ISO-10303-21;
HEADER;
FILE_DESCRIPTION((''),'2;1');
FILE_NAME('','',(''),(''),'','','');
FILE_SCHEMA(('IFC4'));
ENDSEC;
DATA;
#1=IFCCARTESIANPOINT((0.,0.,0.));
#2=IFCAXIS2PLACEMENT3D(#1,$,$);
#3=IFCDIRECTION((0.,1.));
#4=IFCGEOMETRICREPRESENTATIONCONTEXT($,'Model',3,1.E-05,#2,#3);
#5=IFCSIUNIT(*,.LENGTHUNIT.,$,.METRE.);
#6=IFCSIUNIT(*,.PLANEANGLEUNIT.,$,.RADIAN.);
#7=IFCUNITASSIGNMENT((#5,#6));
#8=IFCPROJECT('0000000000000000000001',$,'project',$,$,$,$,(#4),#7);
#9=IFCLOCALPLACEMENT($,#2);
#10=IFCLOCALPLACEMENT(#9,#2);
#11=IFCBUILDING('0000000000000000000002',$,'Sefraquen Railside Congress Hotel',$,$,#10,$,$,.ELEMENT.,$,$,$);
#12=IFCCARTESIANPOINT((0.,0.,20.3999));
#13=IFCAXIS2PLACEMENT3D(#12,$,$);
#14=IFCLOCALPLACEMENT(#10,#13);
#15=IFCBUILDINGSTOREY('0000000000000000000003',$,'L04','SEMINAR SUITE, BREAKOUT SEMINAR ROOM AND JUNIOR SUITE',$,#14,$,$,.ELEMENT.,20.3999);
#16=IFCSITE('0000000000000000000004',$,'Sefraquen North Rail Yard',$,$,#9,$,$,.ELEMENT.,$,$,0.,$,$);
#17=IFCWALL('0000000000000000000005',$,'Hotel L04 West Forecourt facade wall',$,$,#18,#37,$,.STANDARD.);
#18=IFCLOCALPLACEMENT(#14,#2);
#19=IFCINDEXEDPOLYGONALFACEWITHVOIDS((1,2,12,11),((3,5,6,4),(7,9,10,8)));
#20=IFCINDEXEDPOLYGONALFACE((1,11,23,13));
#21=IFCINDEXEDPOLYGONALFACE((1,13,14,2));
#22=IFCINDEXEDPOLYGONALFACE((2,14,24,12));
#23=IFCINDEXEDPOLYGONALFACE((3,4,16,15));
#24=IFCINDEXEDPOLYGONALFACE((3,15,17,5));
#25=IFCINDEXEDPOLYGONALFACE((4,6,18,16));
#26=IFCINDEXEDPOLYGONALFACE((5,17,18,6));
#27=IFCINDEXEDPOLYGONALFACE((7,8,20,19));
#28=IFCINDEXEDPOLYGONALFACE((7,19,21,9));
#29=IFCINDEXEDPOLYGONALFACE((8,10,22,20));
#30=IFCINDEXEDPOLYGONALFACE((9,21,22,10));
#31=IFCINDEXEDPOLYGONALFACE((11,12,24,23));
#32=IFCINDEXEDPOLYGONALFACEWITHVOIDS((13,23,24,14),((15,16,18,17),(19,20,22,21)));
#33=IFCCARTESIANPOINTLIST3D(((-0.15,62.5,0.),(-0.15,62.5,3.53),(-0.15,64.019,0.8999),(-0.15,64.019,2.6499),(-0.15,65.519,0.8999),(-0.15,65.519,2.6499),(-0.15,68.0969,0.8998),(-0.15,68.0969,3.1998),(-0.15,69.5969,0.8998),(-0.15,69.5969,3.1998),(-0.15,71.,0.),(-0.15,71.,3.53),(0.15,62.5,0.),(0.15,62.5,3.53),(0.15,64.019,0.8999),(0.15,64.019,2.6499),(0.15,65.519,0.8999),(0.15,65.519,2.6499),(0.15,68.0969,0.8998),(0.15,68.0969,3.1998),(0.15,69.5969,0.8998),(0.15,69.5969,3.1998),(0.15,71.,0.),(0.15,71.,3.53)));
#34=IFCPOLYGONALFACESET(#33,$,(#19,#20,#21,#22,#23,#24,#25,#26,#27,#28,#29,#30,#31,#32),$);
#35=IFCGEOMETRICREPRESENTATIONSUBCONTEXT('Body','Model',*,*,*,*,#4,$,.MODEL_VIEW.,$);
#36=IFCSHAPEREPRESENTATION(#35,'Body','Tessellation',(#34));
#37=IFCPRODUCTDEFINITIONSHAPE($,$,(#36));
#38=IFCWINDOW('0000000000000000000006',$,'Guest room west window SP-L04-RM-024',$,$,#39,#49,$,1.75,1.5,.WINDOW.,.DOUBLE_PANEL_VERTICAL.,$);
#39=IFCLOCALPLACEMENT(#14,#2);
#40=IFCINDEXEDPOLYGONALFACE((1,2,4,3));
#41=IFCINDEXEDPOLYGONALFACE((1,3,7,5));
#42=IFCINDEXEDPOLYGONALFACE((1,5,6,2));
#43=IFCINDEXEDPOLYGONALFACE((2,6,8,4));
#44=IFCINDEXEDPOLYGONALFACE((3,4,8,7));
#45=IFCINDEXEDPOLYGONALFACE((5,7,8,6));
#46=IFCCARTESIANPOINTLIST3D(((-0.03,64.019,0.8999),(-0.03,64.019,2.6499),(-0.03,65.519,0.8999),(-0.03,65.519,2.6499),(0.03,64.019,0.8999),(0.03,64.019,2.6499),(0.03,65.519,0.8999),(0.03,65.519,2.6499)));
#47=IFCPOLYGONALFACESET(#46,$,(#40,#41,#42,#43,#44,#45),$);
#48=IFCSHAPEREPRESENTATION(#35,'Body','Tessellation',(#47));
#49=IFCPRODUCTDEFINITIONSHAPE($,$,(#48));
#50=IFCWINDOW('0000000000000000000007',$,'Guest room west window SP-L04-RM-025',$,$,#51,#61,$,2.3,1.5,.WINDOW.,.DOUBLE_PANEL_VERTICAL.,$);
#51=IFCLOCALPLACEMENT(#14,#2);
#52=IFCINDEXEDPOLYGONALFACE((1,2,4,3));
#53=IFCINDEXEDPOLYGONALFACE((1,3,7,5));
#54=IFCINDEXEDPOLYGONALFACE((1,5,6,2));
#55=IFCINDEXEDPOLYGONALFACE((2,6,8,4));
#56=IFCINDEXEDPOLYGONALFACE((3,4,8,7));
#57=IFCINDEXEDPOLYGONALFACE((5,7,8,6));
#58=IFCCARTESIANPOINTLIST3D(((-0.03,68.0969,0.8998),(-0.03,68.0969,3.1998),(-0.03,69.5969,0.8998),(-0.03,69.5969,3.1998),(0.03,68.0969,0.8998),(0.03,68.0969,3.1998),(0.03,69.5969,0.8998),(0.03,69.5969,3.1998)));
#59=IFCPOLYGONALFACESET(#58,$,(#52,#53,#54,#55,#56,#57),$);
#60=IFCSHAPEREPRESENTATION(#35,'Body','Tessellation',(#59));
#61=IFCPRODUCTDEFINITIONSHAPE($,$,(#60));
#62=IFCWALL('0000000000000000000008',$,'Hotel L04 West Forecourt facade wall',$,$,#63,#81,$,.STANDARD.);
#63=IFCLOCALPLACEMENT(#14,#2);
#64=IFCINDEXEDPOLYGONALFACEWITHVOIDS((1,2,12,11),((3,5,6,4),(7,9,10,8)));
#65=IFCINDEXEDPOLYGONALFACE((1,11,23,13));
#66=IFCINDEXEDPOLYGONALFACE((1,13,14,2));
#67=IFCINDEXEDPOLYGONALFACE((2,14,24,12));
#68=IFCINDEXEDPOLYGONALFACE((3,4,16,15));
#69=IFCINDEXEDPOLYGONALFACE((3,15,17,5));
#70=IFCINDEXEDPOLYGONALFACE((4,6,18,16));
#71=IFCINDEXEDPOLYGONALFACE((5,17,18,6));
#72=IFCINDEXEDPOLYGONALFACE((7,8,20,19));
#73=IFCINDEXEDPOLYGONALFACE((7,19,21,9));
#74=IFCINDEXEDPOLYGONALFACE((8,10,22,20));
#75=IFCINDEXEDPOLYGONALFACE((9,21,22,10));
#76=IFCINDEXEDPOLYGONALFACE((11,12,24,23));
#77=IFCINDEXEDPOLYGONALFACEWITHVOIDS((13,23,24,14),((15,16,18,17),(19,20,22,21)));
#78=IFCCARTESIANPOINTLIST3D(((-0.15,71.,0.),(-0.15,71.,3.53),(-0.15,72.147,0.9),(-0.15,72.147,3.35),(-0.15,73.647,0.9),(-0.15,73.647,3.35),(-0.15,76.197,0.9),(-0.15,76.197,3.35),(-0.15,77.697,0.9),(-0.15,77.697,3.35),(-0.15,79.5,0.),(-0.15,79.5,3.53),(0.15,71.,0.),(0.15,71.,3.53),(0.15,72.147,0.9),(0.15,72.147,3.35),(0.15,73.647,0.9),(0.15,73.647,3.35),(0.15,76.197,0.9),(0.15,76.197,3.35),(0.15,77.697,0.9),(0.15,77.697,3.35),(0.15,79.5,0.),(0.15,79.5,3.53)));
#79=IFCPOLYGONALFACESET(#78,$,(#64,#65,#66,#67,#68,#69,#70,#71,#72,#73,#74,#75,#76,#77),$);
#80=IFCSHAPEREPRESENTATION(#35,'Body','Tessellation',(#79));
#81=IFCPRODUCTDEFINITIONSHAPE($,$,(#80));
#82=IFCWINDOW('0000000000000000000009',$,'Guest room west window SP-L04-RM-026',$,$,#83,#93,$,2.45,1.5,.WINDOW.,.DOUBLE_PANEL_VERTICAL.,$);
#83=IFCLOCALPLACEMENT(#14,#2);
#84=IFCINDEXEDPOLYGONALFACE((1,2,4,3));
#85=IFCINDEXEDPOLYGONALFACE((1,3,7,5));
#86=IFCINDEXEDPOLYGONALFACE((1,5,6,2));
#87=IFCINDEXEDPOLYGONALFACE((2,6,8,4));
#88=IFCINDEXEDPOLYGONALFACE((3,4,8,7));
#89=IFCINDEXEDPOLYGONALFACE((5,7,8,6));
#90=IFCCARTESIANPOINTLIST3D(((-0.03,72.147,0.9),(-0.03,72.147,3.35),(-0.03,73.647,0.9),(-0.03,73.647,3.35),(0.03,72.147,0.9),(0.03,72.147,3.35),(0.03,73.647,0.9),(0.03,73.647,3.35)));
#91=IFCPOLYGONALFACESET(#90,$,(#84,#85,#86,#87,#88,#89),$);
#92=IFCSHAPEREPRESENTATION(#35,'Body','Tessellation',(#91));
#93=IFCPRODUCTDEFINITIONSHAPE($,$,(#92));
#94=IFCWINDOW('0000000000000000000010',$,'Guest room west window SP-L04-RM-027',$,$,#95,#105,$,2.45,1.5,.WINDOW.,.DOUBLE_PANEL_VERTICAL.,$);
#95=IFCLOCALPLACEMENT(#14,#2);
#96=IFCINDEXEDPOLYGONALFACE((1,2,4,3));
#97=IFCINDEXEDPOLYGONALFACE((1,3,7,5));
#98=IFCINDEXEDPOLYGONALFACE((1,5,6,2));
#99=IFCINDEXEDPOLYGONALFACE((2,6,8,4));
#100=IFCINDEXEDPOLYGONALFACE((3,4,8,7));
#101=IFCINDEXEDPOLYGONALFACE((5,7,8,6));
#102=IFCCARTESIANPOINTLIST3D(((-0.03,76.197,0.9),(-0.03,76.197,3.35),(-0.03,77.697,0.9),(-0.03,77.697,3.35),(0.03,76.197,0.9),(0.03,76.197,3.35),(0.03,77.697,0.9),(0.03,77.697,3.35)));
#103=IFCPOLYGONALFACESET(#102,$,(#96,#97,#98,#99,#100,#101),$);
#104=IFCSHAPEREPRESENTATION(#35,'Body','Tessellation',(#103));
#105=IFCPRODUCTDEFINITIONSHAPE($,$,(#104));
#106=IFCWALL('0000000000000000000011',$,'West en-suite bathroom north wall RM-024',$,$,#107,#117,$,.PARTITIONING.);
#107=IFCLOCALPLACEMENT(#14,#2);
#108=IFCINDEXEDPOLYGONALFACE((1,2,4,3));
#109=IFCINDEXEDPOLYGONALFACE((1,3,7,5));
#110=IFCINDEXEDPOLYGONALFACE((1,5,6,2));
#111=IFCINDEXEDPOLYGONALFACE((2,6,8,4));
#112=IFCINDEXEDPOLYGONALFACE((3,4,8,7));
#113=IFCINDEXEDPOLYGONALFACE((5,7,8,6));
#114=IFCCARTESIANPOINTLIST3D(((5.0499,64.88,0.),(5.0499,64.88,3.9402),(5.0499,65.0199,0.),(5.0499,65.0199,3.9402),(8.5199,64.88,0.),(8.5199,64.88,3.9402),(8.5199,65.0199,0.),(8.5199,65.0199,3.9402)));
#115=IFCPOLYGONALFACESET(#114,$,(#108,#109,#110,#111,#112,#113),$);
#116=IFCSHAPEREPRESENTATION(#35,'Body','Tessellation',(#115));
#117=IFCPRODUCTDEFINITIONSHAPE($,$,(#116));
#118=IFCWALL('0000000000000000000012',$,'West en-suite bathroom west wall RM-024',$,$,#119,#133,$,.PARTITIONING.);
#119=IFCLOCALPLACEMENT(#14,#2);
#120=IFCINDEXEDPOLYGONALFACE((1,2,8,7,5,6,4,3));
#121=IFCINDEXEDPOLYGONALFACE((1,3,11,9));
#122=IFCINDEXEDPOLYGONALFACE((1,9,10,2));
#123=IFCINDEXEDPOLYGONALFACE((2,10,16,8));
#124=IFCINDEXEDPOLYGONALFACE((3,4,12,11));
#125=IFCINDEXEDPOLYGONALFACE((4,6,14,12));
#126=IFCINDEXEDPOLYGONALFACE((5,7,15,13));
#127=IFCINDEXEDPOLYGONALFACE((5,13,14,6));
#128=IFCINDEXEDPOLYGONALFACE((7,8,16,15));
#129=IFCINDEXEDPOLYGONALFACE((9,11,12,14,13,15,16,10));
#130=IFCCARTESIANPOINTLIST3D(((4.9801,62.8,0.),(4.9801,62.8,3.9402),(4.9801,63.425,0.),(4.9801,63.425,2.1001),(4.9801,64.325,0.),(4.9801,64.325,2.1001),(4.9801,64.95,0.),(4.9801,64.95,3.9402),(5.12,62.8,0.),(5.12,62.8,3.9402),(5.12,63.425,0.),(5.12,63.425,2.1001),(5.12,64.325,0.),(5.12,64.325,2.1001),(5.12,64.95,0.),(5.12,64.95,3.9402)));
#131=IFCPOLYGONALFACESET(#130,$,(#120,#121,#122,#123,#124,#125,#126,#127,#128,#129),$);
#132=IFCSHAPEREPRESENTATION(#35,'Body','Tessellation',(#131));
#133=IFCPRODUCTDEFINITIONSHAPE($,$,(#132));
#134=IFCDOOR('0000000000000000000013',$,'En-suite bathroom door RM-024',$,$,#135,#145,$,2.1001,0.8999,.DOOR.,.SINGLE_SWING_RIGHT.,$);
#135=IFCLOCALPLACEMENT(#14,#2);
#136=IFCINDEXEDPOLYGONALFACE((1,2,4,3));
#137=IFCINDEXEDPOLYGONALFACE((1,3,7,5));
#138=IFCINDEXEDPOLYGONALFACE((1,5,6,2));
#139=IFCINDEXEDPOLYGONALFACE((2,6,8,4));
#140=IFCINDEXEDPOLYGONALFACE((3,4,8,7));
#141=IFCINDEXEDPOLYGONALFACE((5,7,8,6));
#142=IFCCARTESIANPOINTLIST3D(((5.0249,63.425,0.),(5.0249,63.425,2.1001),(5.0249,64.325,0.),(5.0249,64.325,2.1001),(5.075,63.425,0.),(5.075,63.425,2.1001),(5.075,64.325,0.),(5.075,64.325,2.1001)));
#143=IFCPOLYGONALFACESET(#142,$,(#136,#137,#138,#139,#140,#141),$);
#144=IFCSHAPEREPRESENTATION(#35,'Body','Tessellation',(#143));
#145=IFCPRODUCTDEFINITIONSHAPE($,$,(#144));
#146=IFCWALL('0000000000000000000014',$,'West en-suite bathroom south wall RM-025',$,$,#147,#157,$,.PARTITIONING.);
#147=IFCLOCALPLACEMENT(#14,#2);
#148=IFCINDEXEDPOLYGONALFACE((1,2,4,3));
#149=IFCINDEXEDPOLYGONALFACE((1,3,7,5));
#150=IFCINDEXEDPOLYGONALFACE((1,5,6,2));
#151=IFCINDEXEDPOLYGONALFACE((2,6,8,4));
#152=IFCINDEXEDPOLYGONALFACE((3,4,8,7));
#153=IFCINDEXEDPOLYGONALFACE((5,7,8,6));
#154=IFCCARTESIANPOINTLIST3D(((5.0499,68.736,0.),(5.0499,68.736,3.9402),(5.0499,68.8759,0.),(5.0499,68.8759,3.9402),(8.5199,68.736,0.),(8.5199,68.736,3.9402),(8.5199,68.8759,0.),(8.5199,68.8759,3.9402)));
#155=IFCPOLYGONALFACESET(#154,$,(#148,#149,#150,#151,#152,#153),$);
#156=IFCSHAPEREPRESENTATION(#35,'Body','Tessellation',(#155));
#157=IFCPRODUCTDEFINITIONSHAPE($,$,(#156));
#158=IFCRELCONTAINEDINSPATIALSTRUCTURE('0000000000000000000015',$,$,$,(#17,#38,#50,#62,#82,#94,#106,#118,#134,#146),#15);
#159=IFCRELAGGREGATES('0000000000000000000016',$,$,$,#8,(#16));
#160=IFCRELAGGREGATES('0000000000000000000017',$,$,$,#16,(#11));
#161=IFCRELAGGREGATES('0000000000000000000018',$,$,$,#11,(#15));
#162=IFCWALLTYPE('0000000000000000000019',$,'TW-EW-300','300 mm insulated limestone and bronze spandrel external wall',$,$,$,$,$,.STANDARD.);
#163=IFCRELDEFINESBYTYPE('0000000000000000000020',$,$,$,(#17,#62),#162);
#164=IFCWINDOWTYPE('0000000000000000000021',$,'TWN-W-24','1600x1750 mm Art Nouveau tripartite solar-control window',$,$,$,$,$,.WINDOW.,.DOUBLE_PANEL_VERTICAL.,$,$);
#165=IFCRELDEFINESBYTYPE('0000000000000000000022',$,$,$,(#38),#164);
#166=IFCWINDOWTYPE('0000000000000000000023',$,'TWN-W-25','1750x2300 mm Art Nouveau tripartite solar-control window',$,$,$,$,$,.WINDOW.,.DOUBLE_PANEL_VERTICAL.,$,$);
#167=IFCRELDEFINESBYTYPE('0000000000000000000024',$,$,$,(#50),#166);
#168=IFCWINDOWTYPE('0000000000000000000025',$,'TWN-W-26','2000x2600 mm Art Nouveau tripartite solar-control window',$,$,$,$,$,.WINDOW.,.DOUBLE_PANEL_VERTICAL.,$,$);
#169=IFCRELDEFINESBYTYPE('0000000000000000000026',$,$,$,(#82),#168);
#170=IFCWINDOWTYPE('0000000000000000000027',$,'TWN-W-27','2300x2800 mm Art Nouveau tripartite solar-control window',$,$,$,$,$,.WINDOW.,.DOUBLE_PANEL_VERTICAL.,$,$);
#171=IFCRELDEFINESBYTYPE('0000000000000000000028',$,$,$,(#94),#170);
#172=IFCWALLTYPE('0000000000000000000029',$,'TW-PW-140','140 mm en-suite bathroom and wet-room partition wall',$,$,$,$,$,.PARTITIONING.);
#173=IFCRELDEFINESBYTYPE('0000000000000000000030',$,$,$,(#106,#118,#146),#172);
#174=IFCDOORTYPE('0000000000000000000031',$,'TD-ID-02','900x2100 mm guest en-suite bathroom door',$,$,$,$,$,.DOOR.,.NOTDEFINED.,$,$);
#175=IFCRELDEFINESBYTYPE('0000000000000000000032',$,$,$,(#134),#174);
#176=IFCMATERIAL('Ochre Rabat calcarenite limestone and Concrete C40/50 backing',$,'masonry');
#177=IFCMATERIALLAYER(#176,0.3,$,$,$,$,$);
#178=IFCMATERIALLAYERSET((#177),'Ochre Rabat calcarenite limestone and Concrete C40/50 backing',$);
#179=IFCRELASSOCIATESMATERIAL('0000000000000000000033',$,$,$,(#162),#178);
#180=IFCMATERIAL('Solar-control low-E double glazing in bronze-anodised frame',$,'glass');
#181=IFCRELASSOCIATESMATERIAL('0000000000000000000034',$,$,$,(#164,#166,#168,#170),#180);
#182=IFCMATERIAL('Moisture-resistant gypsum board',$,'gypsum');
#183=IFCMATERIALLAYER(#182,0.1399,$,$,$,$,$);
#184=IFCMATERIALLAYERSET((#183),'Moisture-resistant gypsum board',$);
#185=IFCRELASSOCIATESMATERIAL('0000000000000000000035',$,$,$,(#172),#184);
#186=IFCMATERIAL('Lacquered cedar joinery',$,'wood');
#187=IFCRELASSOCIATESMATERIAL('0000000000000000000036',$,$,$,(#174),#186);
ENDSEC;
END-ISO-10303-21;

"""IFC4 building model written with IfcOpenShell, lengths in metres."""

from ifc_helpers import new_model, si_unit, direction, frame, frame_2d, origin, place, context, subcontext, project, spatial, rectangle, extrude, material, layer, layer_set, type_object, element, fill, save


model = new_model("IFC4")

# Units and contexts
model_context = context("Model", 3, precision=1e-05, world=origin(), true_north=direction((0.0, 1.0)))
body_context = subcontext(model_context, "Body", "Model", "MODEL_VIEW")
ifc_project = project(units=[si_unit("LENGTHUNIT", "METRE"), si_unit("PLANEANGLEUNIT", "RADIAN")], contexts=[model_context])

# Site, building, storey
site_placement = place(None, origin())
site = spatial("IfcSite", under=ifc_project, at=site_placement, Name="Sefraquen North Rail Yard", CompositionType="ELEMENT", RefElevation=0.0)
building_placement = place(site_placement, origin())
building = spatial("IfcBuilding", under=site, at=building_placement, Name="Sefraquen Railside Congress Hotel", CompositionType="ELEMENT")
storey_placement = place(building_placement, frame((0.0, 0.0, 20.3999)))
storey = spatial("IfcBuildingStorey", under=building, at=storey_placement, Name="L04", Description="SEMINAR SUITE, BREAKOUT SEMINAR ROOM AND JUNIOR SUITE", CompositionType="ELEMENT", Elevation=20.3999)

# Shared definitions
ifc_material_1 = material(Name="Ochre Rabat calcarenite limestone and Concrete C40/50 backing", Category="masonry")

# Walls, openings, windows
ifc_layer_1 = layer(ifc_material_1, 0.3)
ifc_layer_set_1 = layer_set([ifc_layer_1], Name="Ochre Rabat calcarenite limestone and Concrete C40/50 backing")
wall_type_1 = type_object("IfcWallType", Name="TW-EW-300", Description="300 mm insulated limestone and bronze spandrel external wall", PredefinedType="STANDARD", material=ifc_layer_set_1)
wall_1_placement = place(storey_placement, frame((0.0, 62.5, 0.0), z_axis=(0.0, 0.0, 1.0), x_axis=(0.0, 1.0, 0.0)))
wall_1 = element("IfcWall", 1, at=wall_1_placement, inside=storey, type_object=wall_type_1, Name="Hotel L04 West Forecourt facade wall", PredefinedType="STANDARD", context=body_context, shape_type="SweptSolid", body=[
    extrude(rectangle(XDim=8.5, YDim=0.3, at=frame_2d((4.25, 0.0))), origin(), (0.0, 0.0, 1.0), 3.53),
])
opening_1_placement = place(wall_1_placement, frame((1.519, 0.0, 0.8999)))
opening_1 = element("IfcOpeningElement", 2, at=opening_1_placement, cuts=wall_1, PredefinedType="OPENING", context=body_context, shape_type="SweptSolid", body=[
    extrude(rectangle(XDim=1.5, YDim=1.75, at=frame_2d((0.75, 0.875))), frame((0.0, 0.1599, 0.0), z_axis=(0.0, -1.0, 0.0), x_axis=(1.0, 0.0, 0.0)), (0.0, 0.0, 1.0), 0.3201),
])
opening_2_placement = place(wall_1_placement, frame((5.5969, 0.0, 0.8999)))
opening_2 = element("IfcOpeningElement", 3, at=opening_2_placement, cuts=wall_1, PredefinedType="OPENING", context=body_context, shape_type="SweptSolid", body=[
    extrude(rectangle(XDim=1.5, YDim=2.3, at=frame_2d((0.75, 1.1499))), frame((0.0, 0.1599, 0.0), z_axis=(0.0, -1.0, 0.0), x_axis=(1.0, 0.0, 0.0)), (0.0, 0.0, 1.0), 0.3201),
])
ifc_material_2 = material(Name="Solar-control low-E double glazing in bronze-anodised frame", Category="glass")
window_type_1 = type_object("IfcWindowType", Name="TWN-W-24", Description="1600x1750 mm Art Nouveau tripartite solar-control window", PartitioningType="DOUBLE_PANEL_VERTICAL", PredefinedType="WINDOW", material=ifc_material_2)
window_1_placement = place(opening_1_placement, origin())
window_1 = element("IfcWindow", 4, at=window_1_placement, inside=storey, type_object=window_type_1, Name="Guest room west window SP-L04-RM-024", OverallHeight=1.75, OverallWidth=1.5, PartitioningType="DOUBLE_PANEL_VERTICAL", PredefinedType="WINDOW", context=body_context, shape_type="SweptSolid", body=[
    extrude(rectangle(XDim=1.5, YDim=1.75, at=frame_2d((0.75, 0.875))), frame((0.0, 0.03, 0.0), z_axis=(0.0, -1.0, 0.0), x_axis=(1.0, 0.0, 0.0)), (0.0, 0.0, 1.0), 0.0601),
])
fill(opening_1, window_1)
window_type_2 = type_object("IfcWindowType", Name="TWN-W-25", Description="1750x2300 mm Art Nouveau tripartite solar-control window", PartitioningType="DOUBLE_PANEL_VERTICAL", PredefinedType="WINDOW", material=ifc_material_2)
window_2_placement = place(opening_2_placement, origin())
window_2 = element("IfcWindow", 5, at=window_2_placement, inside=storey, type_object=window_type_2, Name="Guest room west window SP-L04-RM-025", OverallHeight=2.3, OverallWidth=1.5, PartitioningType="DOUBLE_PANEL_VERTICAL", PredefinedType="WINDOW", context=body_context, shape_type="SweptSolid", body=[
    extrude(rectangle(XDim=1.5, YDim=2.3, at=frame_2d((0.75, 1.1499))), frame((0.0, 0.03, 0.0), z_axis=(0.0, -1.0, 0.0), x_axis=(1.0, 0.0, 0.0)), (0.0, 0.0, 1.0), 0.0601),
])
fill(opening_2, window_2)
wall_2_placement = place(storey_placement, frame((0.0, 71.0, 0.0), z_axis=(0.0, 0.0, 1.0), x_axis=(0.0, 1.0, 0.0)))
wall_2 = element("IfcWall", 6, at=wall_2_placement, inside=storey, type_object=wall_type_1, Name="Hotel L04 West Forecourt facade wall", PredefinedType="STANDARD", context=body_context, shape_type="SweptSolid", body=[
    extrude(rectangle(XDim=8.5, YDim=0.3, at=frame_2d((4.25, 0.0))), origin(), (0.0, 0.0, 1.0), 3.53),
])
opening_3_placement = place(wall_2_placement, frame((1.147, 0.0, 0.8999)))
opening_3 = element("IfcOpeningElement", 7, at=opening_3_placement, cuts=wall_2, PredefinedType="OPENING", context=body_context, shape_type="SweptSolid", body=[
    extrude(rectangle(XDim=1.5, YDim=2.45, at=frame_2d((0.75, 1.2251))), frame((0.0, 0.1599, 0.0), z_axis=(0.0, -1.0, 0.0), x_axis=(1.0, 0.0, 0.0)), (0.0, 0.0, 1.0), 0.3201),
])
opening_4_placement = place(wall_2_placement, frame((5.197, 0.0, 0.8999)))
opening_4 = element("IfcOpeningElement", 8, at=opening_4_placement, cuts=wall_2, PredefinedType="OPENING", context=body_context, shape_type="SweptSolid", body=[
    extrude(rectangle(XDim=1.5, YDim=2.45, at=frame_2d((0.75, 1.2251))), frame((0.0, 0.1599, 0.0), z_axis=(0.0, -1.0, 0.0), x_axis=(1.0, 0.0, 0.0)), (0.0, 0.0, 1.0), 0.3201),
])
window_type_3 = type_object("IfcWindowType", Name="TWN-W-26", Description="2000x2600 mm Art Nouveau tripartite solar-control window", PartitioningType="DOUBLE_PANEL_VERTICAL", PredefinedType="WINDOW", material=ifc_material_2)
window_3_placement = place(opening_3_placement, origin())
window_3 = element("IfcWindow", 9, at=window_3_placement, inside=storey, type_object=window_type_3, Name="Guest room west window SP-L04-RM-026", OverallHeight=2.45, OverallWidth=1.5, PartitioningType="DOUBLE_PANEL_VERTICAL", PredefinedType="WINDOW", context=body_context, shape_type="SweptSolid", body=[
    extrude(rectangle(XDim=1.5, YDim=2.45, at=frame_2d((0.75, 1.2251))), frame((0.0, 0.03, 0.0), z_axis=(0.0, -1.0, 0.0), x_axis=(1.0, 0.0, 0.0)), (0.0, 0.0, 1.0), 0.0601),
])
fill(opening_3, window_3)
window_type_4 = type_object("IfcWindowType", Name="TWN-W-27", Description="2300x2800 mm Art Nouveau tripartite solar-control window", PartitioningType="DOUBLE_PANEL_VERTICAL", PredefinedType="WINDOW", material=ifc_material_2)
window_4_placement = place(opening_4_placement, origin())
window_4 = element("IfcWindow", 10, at=window_4_placement, inside=storey, type_object=window_type_4, Name="Guest room west window SP-L04-RM-027", OverallHeight=2.45, OverallWidth=1.5, PartitioningType="DOUBLE_PANEL_VERTICAL", PredefinedType="WINDOW", context=body_context, shape_type="SweptSolid", body=[
    extrude(rectangle(XDim=1.5, YDim=2.45, at=frame_2d((0.75, 1.2251))), frame((0.0, 0.03, 0.0), z_axis=(0.0, -1.0, 0.0), x_axis=(1.0, 0.0, 0.0)), (0.0, 0.0, 1.0), 0.0601),
])
fill(opening_4, window_4)

# Wall
ifc_material_3 = material(Name="Moisture-resistant gypsum board", Category="gypsum")
ifc_layer_2 = layer(ifc_material_3, 0.1399)
ifc_layer_set_2 = layer_set([ifc_layer_2], Name="Moisture-resistant gypsum board")
wall_type_2 = type_object("IfcWallType", Name="TW-PW-140", Description="140 mm en-suite bathroom and wet-room partition wall", PredefinedType="PARTITIONING", material=ifc_layer_set_2)
wall_3_placement = place(storey_placement, frame((5.05, 64.95, 0.0), z_axis=(0.0, 0.0, 1.0), x_axis=(1.0, 0.0, 0.0)))
element("IfcWall", 11, at=wall_3_placement, inside=storey, type_object=wall_type_2, Name="West en-suite bathroom north wall RM-024", PredefinedType="PARTITIONING", context=body_context, shape_type="SweptSolid", body=[
    extrude(rectangle(XDim=3.47, YDim=0.1399, at=frame_2d((1.7349, 0.0))), origin(), (0.0, 0.0, 1.0), 3.9402),
])

# Wall, opening, door
wall_4_placement = place(storey_placement, frame((5.05, 62.8, 0.0), z_axis=(0.0, 0.0, 1.0), x_axis=(0.0, 1.0, 0.0)))
wall_4 = element("IfcWall", 12, at=wall_4_placement, inside=storey, type_object=wall_type_2, Name="West en-suite bathroom west wall RM-024", PredefinedType="PARTITIONING", context=body_context, shape_type="SweptSolid", body=[
    extrude(rectangle(XDim=2.1499, YDim=0.1399, at=frame_2d((1.075, 0.0))), origin(), (0.0, 0.0, 1.0), 3.9402),
])
opening_5_placement = place(wall_4_placement, frame((0.625, 0.0, 0.0)))
opening_5 = element("IfcOpeningElement", 13, at=opening_5_placement, cuts=wall_4, PredefinedType="OPENING", context=body_context, shape_type="SweptSolid", body=[
    extrude(rectangle(XDim=0.8999, YDim=2.1001, at=frame_2d((0.45, 1.05))), frame((0.0, 0.0798, 0.0), z_axis=(0.0, -1.0, 0.0), x_axis=(1.0, 0.0, 0.0)), (0.0, 0.0, 1.0), 0.1599),
])
ifc_material_4 = material(Name="Lacquered cedar joinery", Category="wood")
door_type = type_object("IfcDoorType", Name="TD-ID-02", Description="900x2100 mm guest en-suite bathroom door", OperationType="NOTDEFINED", PredefinedType="DOOR", material=ifc_material_4)
door_1_placement = place(opening_5_placement, frame((0.8999, 0.0, 0.0), z_axis=(0.0, 0.0, 1.0), x_axis=(-1.0, 0.0, 0.0)))
door_1 = element("IfcDoor", 14, at=door_1_placement, inside=storey, type_object=door_type, Name="En-suite bathroom door RM-024", OperationType="SINGLE_SWING_RIGHT", OverallHeight=2.1001, OverallWidth=0.8999, PredefinedType="DOOR", context=body_context, shape_type="SweptSolid", body=[
    extrude(rectangle(XDim=0.8999, YDim=2.1001, at=frame_2d((0.45, 1.05))), frame((0.0, 0.0249, 0.0), z_axis=(0.0, -1.0, 0.0), x_axis=(1.0, 0.0, 0.0)), (0.0, 0.0, 1.0), 0.05),
])
fill(opening_5, door_1)

# Wall
wall_5_placement = place(storey_placement, frame((5.05, 68.8059, 0.0), z_axis=(0.0, 0.0, 1.0), x_axis=(1.0, 0.0, 0.0)))
element("IfcWall", 15, at=wall_5_placement, inside=storey, type_object=wall_type_2, Name="West en-suite bathroom south wall RM-025", PredefinedType="PARTITIONING", context=body_context, shape_type="SweptSolid", body=[
    extrude(rectangle(XDim=3.47, YDim=0.1399, at=frame_2d((1.7349, 0.0))), origin(), (0.0, 0.0, 1.0), 3.9402),
])

save(model, "model.ifc")
